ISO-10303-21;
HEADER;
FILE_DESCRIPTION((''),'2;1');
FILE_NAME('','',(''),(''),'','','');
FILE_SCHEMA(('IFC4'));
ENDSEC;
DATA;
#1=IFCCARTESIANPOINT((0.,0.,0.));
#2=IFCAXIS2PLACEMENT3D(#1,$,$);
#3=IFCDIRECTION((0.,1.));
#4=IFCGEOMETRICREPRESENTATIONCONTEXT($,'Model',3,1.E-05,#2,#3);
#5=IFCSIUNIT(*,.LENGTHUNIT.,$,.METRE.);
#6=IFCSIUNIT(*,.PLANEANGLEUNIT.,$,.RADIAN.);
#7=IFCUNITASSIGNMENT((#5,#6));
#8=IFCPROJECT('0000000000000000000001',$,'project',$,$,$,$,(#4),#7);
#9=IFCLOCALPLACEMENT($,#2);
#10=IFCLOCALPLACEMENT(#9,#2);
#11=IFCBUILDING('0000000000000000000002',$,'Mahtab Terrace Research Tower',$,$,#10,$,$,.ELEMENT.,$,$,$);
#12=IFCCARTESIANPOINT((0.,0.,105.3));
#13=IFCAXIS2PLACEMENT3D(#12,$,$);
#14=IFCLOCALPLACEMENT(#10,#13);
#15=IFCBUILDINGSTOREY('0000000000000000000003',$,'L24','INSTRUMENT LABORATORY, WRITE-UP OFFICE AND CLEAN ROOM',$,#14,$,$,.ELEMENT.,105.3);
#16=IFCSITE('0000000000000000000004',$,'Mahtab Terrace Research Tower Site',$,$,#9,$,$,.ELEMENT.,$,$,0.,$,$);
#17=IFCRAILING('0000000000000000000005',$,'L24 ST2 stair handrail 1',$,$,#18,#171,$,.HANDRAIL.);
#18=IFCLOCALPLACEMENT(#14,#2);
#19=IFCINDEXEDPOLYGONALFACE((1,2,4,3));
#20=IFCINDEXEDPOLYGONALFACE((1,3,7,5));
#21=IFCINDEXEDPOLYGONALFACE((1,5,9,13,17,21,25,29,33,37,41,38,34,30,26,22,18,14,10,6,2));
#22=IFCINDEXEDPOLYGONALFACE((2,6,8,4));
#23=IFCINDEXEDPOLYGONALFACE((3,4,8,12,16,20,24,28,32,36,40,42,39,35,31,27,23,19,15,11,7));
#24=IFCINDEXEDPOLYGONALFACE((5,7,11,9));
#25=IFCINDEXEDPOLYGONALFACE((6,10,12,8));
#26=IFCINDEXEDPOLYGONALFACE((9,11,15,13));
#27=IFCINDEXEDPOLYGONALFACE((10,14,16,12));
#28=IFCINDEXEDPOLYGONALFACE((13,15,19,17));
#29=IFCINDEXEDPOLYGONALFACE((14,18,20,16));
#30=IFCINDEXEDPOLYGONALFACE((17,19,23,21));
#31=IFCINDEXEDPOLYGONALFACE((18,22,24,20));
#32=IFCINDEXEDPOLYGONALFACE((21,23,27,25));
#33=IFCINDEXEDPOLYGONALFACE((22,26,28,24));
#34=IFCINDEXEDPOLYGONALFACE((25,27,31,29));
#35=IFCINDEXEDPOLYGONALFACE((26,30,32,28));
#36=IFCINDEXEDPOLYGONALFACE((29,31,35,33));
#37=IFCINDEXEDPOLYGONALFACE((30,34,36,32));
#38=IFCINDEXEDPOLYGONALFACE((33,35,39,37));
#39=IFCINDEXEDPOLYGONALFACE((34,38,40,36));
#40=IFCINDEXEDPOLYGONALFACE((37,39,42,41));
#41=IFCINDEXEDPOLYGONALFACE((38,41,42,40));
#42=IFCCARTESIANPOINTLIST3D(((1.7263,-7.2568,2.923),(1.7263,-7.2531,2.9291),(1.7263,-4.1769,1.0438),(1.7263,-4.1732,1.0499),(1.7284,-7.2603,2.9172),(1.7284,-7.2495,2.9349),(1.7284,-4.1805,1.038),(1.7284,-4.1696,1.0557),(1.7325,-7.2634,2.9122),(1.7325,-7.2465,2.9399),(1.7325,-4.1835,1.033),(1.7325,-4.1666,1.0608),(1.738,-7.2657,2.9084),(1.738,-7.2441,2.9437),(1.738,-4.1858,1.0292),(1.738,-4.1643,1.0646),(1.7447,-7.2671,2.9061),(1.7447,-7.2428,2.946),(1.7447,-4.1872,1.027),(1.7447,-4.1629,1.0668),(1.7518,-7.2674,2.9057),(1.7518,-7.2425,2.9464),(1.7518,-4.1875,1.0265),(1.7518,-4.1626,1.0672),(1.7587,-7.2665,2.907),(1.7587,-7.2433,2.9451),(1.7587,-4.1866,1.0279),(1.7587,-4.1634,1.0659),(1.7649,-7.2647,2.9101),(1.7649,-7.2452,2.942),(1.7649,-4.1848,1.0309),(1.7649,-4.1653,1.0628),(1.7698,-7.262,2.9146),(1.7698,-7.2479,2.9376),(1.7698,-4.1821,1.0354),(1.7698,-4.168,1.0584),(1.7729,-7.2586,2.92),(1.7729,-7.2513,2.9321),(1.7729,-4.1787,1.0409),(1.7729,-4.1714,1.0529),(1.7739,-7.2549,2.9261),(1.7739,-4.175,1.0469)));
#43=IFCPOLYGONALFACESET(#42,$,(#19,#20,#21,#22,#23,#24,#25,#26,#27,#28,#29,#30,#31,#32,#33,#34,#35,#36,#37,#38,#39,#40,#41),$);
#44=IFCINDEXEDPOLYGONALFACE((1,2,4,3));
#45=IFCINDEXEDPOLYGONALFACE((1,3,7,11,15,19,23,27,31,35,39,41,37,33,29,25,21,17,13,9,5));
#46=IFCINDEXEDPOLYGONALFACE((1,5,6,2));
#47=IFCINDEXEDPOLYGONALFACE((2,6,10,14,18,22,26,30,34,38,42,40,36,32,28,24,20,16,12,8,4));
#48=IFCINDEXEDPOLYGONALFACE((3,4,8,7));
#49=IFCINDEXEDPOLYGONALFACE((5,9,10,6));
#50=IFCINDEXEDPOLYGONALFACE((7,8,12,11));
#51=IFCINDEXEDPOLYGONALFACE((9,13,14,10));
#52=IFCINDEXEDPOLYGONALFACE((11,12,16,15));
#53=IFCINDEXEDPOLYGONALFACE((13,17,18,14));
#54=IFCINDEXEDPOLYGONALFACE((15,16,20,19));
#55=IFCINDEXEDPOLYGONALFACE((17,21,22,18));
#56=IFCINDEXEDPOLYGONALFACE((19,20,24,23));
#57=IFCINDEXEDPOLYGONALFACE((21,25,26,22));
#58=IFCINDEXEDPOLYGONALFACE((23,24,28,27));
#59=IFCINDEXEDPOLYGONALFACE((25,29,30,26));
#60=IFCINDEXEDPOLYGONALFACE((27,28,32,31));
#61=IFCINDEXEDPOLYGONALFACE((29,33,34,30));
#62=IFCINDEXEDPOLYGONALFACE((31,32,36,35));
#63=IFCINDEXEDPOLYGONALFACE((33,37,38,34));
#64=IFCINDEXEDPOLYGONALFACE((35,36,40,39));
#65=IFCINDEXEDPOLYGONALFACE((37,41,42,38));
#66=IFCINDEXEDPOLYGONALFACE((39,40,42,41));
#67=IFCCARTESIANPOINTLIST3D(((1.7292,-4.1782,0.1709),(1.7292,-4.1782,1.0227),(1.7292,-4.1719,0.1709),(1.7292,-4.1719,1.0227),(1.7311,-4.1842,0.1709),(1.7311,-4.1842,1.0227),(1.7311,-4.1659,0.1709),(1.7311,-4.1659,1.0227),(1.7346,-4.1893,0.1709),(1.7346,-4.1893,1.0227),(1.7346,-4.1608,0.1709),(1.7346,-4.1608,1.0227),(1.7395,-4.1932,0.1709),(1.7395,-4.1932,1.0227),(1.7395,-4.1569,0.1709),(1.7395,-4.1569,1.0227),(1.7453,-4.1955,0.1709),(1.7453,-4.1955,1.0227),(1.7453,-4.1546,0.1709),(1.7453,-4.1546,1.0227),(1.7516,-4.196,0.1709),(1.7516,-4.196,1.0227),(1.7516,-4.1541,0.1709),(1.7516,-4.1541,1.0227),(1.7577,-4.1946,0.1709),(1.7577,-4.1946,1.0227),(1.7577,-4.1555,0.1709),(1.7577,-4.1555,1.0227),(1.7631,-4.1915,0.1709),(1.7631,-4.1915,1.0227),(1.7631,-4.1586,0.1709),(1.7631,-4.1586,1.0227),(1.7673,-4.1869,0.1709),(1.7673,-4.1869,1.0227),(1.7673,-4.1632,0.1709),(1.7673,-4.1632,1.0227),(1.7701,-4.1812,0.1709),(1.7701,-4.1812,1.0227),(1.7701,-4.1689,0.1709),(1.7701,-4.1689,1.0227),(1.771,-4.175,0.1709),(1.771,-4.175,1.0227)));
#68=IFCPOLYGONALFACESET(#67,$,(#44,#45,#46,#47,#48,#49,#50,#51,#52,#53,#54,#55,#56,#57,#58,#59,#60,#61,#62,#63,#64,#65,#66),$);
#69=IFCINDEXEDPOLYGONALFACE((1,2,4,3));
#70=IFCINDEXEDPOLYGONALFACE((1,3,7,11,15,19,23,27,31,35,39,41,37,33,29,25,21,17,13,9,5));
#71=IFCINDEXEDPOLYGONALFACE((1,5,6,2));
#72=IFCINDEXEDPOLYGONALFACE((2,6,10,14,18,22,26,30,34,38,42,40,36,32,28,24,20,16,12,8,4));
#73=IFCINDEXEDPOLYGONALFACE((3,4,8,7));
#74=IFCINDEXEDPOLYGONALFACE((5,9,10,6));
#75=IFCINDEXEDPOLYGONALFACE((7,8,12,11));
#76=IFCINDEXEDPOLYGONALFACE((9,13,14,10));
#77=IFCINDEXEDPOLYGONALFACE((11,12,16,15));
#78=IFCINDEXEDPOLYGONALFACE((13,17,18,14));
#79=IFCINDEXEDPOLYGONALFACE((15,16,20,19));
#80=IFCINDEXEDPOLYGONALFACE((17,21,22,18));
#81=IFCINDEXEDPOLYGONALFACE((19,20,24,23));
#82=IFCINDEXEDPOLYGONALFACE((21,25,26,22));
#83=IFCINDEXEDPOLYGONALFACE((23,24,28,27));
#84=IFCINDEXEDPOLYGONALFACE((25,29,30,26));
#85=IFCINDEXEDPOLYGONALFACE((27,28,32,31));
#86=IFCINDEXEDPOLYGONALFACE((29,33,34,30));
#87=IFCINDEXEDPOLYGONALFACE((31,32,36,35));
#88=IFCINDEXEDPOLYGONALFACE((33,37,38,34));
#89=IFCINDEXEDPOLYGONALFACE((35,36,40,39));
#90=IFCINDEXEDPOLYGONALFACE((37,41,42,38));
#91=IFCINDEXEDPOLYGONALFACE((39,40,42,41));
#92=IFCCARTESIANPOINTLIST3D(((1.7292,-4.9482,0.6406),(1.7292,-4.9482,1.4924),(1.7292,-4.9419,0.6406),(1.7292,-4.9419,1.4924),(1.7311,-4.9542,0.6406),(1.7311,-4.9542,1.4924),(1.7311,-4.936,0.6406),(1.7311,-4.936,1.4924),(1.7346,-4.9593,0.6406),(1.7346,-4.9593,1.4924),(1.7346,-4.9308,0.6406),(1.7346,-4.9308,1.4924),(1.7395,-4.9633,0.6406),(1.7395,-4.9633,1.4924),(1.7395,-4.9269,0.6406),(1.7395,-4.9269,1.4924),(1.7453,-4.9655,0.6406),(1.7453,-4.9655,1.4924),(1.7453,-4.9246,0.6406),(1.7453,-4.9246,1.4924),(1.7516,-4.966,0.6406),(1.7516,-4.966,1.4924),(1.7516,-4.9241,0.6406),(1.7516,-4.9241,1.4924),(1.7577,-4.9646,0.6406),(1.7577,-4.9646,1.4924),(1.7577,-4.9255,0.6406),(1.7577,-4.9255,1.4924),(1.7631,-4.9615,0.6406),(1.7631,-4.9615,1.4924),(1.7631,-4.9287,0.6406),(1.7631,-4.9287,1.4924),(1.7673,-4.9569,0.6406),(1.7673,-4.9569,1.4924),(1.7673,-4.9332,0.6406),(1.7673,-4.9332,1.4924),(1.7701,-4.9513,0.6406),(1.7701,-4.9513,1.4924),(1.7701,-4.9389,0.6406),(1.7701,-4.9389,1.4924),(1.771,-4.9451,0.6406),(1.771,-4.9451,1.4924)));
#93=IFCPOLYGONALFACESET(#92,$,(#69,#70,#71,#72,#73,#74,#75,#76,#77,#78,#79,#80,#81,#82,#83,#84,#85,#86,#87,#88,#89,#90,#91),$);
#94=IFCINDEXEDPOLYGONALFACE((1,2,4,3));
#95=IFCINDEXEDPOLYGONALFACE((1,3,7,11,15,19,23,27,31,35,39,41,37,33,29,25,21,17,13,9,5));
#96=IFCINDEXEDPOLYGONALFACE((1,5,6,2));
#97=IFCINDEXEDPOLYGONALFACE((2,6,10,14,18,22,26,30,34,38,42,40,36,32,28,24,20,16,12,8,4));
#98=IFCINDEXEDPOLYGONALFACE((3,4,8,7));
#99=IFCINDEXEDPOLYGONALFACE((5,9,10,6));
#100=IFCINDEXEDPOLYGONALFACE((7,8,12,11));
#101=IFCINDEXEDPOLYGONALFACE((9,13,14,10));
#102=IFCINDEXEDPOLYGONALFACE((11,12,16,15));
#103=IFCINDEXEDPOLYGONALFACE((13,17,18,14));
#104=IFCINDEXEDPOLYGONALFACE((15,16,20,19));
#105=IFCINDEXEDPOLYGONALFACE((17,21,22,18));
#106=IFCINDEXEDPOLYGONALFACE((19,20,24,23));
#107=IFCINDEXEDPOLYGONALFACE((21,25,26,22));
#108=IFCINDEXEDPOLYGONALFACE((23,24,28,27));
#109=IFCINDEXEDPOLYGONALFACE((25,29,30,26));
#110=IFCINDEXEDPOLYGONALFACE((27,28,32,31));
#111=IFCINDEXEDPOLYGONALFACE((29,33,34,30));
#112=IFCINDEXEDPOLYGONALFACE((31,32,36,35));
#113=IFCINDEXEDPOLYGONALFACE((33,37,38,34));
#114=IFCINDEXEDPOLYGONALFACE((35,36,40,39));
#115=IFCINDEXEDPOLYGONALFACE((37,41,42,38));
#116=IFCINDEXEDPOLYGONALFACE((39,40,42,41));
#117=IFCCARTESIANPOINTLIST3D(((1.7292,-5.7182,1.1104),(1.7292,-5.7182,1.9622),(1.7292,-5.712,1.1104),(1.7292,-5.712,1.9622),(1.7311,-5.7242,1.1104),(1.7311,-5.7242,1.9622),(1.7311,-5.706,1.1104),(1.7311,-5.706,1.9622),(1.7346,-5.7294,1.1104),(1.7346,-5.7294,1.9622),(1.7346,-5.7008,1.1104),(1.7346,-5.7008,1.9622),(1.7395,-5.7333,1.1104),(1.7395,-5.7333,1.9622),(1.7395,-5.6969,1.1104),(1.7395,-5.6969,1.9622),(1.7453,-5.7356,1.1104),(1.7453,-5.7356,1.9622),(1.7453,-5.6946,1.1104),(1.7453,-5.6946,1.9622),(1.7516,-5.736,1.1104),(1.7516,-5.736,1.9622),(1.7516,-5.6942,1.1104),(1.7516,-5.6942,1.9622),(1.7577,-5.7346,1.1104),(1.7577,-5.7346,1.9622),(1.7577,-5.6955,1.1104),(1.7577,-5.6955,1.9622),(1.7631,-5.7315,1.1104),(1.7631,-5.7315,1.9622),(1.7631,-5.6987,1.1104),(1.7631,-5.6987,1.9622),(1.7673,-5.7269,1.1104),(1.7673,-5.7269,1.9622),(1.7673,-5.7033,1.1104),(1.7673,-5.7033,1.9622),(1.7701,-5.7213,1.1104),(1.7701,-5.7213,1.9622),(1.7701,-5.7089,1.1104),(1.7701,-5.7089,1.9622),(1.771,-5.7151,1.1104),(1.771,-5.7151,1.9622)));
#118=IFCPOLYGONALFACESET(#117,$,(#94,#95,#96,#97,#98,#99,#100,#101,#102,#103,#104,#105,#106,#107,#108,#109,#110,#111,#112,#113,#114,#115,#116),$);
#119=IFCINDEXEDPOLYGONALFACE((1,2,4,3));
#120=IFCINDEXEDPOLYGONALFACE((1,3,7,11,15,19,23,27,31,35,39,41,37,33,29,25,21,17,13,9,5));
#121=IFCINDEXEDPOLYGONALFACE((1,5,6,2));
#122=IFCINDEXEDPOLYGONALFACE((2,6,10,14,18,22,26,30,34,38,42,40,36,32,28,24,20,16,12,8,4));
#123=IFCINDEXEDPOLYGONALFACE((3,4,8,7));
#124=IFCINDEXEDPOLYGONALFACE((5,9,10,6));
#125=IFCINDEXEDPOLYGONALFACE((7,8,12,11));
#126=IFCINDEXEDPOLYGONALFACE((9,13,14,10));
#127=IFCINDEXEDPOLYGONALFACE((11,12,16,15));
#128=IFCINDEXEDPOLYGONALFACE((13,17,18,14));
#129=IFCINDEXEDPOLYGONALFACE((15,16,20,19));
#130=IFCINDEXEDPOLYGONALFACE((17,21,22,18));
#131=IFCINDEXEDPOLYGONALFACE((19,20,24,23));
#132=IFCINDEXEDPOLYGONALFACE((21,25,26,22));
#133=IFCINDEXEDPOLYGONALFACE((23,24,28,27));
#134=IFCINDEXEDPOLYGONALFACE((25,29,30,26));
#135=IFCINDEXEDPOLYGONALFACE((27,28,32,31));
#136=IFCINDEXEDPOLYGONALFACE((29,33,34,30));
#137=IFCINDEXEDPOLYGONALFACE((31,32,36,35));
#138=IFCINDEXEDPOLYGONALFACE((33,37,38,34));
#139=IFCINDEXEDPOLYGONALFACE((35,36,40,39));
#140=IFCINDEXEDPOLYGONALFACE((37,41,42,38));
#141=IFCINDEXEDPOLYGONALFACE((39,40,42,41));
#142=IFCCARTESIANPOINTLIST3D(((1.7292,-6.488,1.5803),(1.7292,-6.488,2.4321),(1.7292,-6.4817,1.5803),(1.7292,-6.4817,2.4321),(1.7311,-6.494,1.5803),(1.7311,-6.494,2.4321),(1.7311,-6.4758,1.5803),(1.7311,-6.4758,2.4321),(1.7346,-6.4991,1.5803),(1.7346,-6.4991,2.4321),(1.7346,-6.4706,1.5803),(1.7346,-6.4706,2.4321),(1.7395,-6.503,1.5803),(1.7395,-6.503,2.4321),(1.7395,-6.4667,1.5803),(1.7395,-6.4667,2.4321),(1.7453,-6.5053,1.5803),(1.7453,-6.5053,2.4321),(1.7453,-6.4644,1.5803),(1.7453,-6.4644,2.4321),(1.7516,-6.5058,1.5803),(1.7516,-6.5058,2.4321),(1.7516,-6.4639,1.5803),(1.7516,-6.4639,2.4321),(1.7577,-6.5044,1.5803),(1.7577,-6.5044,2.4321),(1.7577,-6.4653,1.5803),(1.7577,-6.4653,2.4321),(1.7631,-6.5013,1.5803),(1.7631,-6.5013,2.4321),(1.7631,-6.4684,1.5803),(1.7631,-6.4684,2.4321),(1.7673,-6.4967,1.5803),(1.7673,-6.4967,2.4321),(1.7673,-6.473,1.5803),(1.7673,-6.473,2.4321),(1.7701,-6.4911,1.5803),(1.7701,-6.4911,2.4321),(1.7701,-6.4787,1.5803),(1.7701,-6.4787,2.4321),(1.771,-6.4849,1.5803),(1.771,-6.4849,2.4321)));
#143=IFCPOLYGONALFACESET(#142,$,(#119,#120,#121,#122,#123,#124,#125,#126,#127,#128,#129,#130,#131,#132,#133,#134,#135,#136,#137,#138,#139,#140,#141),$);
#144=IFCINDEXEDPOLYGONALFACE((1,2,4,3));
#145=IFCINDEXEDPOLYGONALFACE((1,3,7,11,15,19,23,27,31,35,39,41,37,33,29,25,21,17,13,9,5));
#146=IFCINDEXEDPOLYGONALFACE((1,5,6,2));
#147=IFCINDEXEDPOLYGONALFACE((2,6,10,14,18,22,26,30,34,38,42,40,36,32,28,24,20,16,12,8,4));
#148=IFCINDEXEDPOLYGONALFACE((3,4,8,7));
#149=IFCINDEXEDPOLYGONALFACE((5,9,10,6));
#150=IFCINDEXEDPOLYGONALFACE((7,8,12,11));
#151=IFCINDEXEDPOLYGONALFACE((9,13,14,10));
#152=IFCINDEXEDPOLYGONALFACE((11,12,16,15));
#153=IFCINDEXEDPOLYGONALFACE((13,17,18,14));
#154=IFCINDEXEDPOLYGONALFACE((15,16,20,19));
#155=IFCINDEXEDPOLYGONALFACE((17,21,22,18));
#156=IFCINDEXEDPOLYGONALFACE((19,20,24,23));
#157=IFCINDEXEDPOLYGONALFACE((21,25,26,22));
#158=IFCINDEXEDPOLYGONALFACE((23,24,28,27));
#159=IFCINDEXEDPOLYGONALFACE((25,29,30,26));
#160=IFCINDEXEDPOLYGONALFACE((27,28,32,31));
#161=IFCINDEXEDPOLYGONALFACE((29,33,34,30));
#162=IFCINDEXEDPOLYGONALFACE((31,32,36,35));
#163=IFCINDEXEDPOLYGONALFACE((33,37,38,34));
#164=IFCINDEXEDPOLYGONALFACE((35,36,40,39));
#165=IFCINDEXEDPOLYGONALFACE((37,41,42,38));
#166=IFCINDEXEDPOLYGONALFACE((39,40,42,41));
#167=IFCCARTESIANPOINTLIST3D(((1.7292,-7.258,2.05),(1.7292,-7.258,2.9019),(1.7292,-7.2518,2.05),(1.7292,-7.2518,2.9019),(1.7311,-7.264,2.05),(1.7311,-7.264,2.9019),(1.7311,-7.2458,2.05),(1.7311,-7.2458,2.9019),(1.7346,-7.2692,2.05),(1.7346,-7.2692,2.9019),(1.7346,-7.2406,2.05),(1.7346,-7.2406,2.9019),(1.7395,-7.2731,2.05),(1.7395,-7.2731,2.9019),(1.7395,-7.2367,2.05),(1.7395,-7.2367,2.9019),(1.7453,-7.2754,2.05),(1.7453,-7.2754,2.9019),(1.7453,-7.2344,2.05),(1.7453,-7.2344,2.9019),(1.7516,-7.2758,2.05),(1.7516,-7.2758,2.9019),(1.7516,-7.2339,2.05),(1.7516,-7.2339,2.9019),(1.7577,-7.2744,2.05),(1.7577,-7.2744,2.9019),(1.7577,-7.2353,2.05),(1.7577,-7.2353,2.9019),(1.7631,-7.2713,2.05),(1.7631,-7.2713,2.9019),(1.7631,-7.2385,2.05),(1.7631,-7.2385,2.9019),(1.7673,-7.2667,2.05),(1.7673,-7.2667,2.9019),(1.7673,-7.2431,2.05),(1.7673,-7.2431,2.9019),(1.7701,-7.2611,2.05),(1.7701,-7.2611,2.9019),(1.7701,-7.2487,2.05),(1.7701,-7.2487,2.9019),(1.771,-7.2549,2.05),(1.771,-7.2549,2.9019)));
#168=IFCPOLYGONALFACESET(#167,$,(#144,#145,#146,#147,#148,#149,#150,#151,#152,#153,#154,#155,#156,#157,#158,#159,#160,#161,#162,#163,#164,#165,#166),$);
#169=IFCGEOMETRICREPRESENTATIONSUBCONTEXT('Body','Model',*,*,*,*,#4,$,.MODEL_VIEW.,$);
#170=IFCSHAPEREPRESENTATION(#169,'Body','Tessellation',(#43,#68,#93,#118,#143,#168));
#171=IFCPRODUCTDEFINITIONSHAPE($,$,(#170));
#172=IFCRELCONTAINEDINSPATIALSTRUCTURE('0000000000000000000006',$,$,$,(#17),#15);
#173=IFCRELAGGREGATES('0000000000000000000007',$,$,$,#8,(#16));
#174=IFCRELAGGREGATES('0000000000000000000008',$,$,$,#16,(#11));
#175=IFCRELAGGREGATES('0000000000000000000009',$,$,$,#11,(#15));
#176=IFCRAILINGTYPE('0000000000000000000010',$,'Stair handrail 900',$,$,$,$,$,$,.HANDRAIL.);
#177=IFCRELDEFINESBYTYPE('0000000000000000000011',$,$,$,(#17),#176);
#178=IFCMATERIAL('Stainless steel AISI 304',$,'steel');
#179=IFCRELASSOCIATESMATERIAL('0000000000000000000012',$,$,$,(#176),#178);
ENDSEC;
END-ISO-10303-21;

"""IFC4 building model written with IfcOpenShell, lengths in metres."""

from ifc_helpers import new_model, si_unit, direction, frame, origin, origin_2d, place, context, subcontext, project, spatial, circle, extrude, material, type_object, element, save


model = new_model("IFC4")

# Units and contexts
model_context = context("Model", 3, precision=1e-05, world=origin(), true_north=direction((0.0, 1.0)))
body_context = subcontext(model_context, "Body", "Model", "MODEL_VIEW")
ifc_project = project(units=[si_unit("LENGTHUNIT", "METRE"), si_unit("PLANEANGLEUNIT", "RADIAN")], contexts=[model_context])

# Site, building, storey
site_placement = place(None, origin())
site = spatial("IfcSite", under=ifc_project, at=site_placement, Name="Mahtab Terrace Research Tower Site", CompositionType="ELEMENT", RefElevation=0.0)
building_placement = place(site_placement, origin())
building = spatial("IfcBuilding", under=site, at=building_placement, Name="Mahtab Terrace Research Tower", CompositionType="ELEMENT")
storey_placement = place(building_placement, frame((0.0, 0.0, 105.3)))
storey = spatial("IfcBuildingStorey", under=building, at=storey_placement, Name="L24", Description="INSTRUMENT LABORATORY, WRITE-UP OFFICE AND CLEAN ROOM", CompositionType="ELEMENT", Elevation=105.3)

# Railing
ifc_material_1 = material(Name="Stainless steel AISI 304", Category="steel")
railing_type_1 = type_object("IfcRailingType", Name="Stair handrail 900", PredefinedType="HANDRAIL", material=ifc_material_1)
railing_1_placement = place(storey_placement, frame((1.75, -4.175, 0.1709)))
element("IfcRailing", 1, at=railing_1_placement, inside=storey, type_object=railing_type_1, Name="L24 ST2 stair handrail 1", PredefinedType="HANDRAIL", context=body_context, shape_type="SweptSolid", body=[
    extrude(circle(Radius=0.0239, at=origin_2d()), frame((0.0, 0.0, 0.876), z_axis=(0.0, -0.853648, 0.52085), x_axis=(1.0, 0.0, 0.0)), (0.0, 0.0, 1.0), 3.6079),
    extrude(circle(Radius=0.021, at=origin_2d()), origin(), (0.0, 0.0, 1.0), 0.8518),
    extrude(circle(Radius=0.021, at=origin_2d()), frame((0.0, -0.77, 0.4697)), (0.0, 0.0, 1.0), 0.8518),
    extrude(circle(Radius=0.021, at=origin_2d()), frame((0.0, -1.54, 0.9395)), (0.0, 0.0, 1.0), 0.8518),
    extrude(circle(Radius=0.021, at=origin_2d()), frame((0.0, -2.3098, 1.4094)), (0.0, 0.0, 1.0), 0.8518),
    extrude(circle(Radius=0.021, at=origin_2d()), frame((0.0, -3.0798, 1.8792)), (0.0, 0.0, 1.0), 0.8518),
])

save(model, "model.ifc")
